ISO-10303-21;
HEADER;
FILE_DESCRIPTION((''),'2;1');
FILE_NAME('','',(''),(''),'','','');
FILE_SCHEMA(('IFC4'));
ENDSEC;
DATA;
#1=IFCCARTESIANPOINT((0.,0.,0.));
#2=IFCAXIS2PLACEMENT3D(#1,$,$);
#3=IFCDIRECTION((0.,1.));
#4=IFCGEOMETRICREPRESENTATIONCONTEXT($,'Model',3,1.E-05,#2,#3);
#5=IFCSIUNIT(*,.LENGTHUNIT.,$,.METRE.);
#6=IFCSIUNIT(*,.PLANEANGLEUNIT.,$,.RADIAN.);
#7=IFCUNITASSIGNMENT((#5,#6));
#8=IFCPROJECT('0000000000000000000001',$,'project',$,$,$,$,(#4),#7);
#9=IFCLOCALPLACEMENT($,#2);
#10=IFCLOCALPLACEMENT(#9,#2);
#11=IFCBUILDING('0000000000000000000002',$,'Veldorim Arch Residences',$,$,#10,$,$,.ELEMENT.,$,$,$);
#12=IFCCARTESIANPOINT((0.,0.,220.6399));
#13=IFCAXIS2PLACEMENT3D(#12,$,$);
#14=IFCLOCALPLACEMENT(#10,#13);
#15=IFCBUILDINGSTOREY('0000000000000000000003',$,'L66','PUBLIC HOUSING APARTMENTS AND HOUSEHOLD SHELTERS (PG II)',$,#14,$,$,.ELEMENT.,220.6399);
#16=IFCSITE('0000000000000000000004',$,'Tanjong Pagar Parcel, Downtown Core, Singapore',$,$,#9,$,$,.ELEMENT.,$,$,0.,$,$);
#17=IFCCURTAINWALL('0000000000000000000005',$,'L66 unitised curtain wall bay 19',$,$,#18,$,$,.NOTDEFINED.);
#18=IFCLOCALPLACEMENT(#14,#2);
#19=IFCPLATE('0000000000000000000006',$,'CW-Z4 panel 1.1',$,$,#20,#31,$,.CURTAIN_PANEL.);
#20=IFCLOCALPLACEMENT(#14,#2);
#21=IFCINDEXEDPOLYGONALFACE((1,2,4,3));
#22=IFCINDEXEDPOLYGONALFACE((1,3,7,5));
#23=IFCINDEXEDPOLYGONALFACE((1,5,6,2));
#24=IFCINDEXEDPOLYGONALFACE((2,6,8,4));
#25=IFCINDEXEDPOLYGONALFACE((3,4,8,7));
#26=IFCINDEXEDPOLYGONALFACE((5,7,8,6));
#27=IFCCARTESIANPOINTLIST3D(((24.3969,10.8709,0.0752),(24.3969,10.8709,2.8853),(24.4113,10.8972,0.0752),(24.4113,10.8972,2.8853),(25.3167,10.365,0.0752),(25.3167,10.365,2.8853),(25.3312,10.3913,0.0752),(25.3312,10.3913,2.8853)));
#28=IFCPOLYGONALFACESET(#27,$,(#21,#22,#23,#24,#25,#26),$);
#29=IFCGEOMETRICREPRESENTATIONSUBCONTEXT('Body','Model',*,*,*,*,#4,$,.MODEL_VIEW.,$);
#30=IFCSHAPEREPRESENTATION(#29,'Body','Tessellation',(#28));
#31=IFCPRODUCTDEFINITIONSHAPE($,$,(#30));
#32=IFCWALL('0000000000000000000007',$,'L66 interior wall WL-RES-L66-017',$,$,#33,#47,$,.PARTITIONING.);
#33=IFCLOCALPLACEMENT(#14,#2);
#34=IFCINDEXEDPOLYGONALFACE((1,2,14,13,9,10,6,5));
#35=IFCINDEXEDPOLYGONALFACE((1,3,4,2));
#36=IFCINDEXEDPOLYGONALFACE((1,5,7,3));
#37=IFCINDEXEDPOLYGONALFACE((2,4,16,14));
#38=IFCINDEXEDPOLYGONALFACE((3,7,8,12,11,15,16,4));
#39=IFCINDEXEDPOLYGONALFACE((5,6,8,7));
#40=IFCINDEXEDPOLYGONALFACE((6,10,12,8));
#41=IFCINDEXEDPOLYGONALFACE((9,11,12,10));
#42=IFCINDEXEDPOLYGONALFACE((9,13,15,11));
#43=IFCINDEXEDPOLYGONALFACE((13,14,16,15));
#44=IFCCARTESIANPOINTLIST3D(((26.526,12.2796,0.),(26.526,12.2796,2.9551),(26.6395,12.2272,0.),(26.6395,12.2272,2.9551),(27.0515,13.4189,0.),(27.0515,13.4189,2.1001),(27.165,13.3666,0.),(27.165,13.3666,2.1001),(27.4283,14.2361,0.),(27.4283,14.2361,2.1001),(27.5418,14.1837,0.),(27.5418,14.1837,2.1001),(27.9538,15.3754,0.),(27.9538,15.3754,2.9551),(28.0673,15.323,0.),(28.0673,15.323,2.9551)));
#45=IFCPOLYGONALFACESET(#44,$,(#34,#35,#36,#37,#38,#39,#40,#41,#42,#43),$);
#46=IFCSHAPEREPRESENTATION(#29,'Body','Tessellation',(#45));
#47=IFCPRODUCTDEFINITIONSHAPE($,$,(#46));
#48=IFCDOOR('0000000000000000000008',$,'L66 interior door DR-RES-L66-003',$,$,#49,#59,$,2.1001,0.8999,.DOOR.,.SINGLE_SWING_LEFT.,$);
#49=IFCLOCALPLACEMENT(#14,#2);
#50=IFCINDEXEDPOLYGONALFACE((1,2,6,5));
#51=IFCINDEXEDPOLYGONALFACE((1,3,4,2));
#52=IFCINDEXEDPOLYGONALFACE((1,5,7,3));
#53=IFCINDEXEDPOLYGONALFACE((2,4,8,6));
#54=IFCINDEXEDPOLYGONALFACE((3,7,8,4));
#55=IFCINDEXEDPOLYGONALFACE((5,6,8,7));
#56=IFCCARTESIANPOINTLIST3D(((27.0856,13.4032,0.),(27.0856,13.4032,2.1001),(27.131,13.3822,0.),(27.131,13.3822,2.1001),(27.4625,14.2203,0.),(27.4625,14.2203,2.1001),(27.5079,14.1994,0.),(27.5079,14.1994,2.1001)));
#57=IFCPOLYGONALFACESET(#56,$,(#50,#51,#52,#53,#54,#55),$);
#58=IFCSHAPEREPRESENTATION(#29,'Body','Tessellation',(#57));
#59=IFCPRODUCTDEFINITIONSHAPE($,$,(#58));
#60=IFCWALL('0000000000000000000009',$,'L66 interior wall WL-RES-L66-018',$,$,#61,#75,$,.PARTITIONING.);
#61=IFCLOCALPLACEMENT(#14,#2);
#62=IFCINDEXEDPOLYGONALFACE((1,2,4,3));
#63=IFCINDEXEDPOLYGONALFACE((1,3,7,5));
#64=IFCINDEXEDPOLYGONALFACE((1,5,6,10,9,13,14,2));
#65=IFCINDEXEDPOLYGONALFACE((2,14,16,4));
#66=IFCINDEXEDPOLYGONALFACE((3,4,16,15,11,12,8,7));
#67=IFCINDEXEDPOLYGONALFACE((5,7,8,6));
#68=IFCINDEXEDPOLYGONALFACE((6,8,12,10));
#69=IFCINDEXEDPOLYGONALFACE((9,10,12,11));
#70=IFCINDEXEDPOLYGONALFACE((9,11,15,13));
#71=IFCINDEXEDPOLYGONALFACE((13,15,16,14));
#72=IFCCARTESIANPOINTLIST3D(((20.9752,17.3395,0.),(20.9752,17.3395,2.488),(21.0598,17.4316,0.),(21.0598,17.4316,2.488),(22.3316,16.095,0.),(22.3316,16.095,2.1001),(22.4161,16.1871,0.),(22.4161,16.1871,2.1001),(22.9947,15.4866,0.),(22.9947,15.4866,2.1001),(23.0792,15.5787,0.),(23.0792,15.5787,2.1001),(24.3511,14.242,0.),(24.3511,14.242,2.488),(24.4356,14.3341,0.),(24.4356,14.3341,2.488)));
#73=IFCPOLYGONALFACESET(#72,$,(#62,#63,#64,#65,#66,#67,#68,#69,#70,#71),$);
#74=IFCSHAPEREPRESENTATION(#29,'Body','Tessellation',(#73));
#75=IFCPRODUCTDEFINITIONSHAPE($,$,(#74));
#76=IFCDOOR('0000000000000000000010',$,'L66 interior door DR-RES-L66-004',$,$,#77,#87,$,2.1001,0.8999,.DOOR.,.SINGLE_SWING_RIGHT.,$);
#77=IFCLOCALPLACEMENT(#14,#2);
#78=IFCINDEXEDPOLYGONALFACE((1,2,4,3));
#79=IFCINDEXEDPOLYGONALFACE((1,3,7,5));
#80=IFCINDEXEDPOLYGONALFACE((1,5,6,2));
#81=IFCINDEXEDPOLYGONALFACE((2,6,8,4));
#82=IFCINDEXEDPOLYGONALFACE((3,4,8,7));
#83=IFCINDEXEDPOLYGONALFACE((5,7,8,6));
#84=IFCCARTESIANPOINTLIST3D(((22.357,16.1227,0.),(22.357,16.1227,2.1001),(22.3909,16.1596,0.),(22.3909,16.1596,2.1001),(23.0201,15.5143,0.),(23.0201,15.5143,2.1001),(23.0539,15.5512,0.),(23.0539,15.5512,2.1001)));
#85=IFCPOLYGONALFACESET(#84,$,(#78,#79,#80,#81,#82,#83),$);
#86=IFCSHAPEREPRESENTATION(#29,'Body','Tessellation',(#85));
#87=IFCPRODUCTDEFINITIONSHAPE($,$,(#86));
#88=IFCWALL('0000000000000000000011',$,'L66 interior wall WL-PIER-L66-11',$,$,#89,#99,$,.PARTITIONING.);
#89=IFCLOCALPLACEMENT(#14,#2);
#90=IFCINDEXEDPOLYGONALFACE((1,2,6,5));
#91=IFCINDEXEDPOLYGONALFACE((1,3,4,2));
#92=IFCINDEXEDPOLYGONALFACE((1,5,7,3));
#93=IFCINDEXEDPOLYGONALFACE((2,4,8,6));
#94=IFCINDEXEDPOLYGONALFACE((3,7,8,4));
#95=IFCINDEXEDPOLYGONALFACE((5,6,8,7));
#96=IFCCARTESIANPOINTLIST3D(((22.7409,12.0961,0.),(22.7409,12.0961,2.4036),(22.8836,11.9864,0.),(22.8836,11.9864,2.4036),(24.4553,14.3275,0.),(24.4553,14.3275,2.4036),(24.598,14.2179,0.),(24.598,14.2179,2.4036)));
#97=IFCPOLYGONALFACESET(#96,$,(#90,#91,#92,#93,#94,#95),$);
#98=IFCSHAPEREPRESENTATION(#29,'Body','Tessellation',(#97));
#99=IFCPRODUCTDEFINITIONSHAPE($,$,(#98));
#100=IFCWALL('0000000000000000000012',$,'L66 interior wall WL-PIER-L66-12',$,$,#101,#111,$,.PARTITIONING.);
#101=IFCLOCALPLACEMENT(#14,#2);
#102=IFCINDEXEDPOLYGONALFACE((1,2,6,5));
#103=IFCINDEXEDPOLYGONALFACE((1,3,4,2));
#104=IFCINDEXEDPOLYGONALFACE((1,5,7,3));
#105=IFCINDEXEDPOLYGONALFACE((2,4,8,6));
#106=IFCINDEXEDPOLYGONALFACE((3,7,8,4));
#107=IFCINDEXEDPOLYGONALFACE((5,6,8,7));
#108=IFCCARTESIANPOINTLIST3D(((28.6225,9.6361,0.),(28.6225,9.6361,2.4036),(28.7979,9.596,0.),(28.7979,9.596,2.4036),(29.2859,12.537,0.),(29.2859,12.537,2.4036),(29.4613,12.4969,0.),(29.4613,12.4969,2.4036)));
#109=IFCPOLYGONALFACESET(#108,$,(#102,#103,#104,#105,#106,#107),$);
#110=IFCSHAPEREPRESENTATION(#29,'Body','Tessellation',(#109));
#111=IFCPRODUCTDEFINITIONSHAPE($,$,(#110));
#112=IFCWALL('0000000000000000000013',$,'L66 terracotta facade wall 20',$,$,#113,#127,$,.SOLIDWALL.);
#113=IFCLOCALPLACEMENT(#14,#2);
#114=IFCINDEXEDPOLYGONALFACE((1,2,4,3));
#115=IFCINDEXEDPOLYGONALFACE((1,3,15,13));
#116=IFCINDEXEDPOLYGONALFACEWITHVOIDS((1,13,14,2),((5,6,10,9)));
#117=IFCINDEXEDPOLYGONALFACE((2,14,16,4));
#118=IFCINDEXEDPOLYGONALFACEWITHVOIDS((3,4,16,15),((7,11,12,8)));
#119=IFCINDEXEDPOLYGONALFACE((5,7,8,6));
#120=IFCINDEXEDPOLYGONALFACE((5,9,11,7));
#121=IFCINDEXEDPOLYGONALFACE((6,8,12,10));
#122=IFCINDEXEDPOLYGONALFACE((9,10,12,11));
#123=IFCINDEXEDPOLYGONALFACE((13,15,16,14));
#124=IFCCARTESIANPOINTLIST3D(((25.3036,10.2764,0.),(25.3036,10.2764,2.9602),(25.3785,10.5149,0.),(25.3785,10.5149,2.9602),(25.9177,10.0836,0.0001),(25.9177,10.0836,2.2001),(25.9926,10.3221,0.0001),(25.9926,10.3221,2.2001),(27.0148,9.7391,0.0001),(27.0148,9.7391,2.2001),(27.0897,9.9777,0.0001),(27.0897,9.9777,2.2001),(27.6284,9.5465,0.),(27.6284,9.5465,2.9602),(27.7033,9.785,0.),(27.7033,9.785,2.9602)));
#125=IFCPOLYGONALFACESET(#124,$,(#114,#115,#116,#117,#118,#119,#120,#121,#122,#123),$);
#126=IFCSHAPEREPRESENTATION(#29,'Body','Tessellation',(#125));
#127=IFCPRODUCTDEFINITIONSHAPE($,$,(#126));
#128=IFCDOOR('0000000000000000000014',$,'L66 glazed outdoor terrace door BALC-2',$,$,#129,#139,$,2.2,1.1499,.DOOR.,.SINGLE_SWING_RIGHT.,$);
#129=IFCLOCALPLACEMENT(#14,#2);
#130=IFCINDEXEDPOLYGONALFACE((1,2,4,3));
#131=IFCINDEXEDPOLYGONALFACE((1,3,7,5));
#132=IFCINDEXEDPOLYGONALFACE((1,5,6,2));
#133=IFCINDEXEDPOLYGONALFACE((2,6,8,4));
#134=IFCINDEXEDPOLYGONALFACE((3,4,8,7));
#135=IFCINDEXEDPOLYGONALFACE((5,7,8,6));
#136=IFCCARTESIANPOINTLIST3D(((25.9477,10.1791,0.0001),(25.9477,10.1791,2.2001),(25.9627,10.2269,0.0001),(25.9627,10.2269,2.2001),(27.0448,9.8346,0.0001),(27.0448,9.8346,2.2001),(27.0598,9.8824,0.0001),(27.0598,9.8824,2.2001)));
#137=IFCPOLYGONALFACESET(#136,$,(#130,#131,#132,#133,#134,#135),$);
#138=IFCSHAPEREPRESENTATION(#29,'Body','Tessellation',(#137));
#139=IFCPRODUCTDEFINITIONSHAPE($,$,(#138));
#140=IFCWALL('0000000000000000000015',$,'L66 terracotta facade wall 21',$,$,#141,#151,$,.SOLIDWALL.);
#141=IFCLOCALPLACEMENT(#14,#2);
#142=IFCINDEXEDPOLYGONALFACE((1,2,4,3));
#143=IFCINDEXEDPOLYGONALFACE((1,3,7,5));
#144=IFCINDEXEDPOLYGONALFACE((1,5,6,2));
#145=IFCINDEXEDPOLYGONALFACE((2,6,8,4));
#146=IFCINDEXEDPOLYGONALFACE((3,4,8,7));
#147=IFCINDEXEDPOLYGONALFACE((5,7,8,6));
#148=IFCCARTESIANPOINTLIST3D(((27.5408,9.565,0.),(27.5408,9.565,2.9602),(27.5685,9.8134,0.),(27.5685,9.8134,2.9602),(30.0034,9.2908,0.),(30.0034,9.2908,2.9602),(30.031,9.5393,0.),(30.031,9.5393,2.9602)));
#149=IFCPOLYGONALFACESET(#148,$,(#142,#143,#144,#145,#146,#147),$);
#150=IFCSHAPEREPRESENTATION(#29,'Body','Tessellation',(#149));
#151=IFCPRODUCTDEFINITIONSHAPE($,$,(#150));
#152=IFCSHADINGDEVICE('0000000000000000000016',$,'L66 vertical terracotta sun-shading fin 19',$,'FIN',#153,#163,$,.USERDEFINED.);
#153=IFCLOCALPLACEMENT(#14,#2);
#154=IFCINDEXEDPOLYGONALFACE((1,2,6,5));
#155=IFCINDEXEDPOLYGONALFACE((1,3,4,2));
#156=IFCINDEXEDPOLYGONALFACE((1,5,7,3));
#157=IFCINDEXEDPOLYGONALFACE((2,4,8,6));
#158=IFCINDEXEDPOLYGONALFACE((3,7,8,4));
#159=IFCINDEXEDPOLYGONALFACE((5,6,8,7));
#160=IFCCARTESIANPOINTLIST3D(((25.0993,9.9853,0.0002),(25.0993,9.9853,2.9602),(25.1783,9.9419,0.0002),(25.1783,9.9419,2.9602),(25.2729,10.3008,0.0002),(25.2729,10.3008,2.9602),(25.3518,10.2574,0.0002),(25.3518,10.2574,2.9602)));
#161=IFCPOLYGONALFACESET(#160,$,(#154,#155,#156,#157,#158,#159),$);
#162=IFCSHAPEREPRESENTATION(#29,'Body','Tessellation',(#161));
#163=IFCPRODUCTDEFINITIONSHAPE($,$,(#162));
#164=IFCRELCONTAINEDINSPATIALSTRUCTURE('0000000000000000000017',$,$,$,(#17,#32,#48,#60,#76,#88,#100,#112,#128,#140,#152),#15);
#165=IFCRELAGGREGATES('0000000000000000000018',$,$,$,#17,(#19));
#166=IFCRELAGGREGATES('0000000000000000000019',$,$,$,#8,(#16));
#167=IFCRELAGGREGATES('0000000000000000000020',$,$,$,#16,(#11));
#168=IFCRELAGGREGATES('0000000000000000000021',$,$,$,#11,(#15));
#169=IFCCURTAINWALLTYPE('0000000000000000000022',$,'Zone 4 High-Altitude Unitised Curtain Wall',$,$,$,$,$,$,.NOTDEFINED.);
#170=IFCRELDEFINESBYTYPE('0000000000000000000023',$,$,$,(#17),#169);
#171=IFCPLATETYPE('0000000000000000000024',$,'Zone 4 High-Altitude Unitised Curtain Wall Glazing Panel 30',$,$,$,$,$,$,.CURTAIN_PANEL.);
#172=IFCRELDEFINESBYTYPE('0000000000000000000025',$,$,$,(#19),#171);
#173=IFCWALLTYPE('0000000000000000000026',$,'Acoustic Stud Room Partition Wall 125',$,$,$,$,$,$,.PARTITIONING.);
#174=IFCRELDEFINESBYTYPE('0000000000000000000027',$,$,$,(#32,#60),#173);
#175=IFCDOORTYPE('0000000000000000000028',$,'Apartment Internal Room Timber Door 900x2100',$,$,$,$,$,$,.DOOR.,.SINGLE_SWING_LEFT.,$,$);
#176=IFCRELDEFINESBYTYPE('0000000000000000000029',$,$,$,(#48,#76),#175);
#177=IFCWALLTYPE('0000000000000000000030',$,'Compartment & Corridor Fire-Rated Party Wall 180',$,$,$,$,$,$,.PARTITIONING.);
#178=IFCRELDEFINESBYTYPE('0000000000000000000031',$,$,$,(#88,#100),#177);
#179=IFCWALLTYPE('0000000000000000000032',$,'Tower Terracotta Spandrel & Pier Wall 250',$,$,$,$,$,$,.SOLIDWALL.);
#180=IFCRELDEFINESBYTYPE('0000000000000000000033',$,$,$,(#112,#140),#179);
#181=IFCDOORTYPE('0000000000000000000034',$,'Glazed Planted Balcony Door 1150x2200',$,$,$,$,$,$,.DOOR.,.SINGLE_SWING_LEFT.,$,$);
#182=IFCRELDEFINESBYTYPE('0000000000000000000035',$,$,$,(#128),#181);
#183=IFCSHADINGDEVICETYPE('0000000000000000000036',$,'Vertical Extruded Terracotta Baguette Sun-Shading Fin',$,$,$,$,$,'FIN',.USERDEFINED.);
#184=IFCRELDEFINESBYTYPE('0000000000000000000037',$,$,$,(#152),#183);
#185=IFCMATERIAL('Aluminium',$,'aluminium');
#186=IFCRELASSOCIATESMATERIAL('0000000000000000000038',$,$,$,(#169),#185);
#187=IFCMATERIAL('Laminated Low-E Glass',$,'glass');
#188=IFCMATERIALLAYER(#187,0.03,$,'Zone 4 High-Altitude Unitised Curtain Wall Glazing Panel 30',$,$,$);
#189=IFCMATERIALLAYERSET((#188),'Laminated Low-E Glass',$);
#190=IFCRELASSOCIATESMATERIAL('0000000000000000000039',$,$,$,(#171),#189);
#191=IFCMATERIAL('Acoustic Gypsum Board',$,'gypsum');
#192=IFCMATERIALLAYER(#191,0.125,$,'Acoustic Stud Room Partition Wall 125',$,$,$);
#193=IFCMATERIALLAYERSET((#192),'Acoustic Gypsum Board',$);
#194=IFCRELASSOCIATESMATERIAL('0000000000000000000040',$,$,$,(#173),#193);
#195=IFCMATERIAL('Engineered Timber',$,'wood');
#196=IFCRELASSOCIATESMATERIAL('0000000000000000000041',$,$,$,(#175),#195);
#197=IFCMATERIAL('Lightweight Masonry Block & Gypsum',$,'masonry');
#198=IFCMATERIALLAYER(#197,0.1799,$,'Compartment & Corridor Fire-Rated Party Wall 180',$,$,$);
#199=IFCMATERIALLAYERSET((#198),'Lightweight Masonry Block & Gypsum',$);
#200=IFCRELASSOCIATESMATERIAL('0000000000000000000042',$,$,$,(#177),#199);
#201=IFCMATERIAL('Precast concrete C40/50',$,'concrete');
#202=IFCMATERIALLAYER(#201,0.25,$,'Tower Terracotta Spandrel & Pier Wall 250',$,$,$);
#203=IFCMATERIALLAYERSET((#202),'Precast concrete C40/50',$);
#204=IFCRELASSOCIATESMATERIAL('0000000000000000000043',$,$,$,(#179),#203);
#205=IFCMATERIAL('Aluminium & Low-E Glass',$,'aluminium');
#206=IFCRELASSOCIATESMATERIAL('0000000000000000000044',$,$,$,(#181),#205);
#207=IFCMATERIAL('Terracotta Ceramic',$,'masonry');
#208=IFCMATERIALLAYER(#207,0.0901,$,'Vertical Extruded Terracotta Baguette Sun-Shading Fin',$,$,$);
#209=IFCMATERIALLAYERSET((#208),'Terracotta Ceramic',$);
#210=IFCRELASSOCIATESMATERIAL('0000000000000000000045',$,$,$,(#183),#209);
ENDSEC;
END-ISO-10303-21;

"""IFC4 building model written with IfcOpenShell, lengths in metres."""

from ifc_helpers import new_model, si_unit, direction, frame, frame_2d, origin, origin_2d, place, context, subcontext, project, spatial, rectangle, extrude, material, layer, layer_set, type_object, element, fill, aggregate, save


model = new_model("IFC4")

# Units and contexts
model_context = context("Model", 3, precision=1e-05, world=origin(), true_north=direction((0.0, 1.0)))
body_context = subcontext(model_context, "Body", "Model", "MODEL_VIEW")
ifc_project = project(units=[si_unit("LENGTHUNIT", "METRE"), si_unit("PLANEANGLEUNIT", "RADIAN")], contexts=[model_context])

# Site, building, storey
site_placement = place(None, origin())
site = spatial("IfcSite", under=ifc_project, at=site_placement, Name="Tanjong Pagar Parcel, Downtown Core, Singapore", CompositionType="ELEMENT", RefElevation=0.0)
building_placement = place(site_placement, origin())
building = spatial("IfcBuilding", under=site, at=building_placement, Name="Veldorim Arch Residences", CompositionType="ELEMENT")
storey_placement = place(building_placement, frame((0.0, 0.0, 220.6399)))
storey = spatial("IfcBuildingStorey", under=building, at=storey_placement, Name="L66", Description="PUBLIC HOUSING APARTMENTS AND HOUSEHOLD SHELTERS (PG II)", CompositionType="ELEMENT", Elevation=220.6399)

# Curtain wall, plate
ifc_material_1 = material(Name="Aluminium", Category="aluminium")
curtain_wall_type = type_object("IfcCurtainWallType", Name="Zone 4 High-Altitude Unitised Curtain Wall", PredefinedType="NOTDEFINED", material=ifc_material_1)
curtain_wall_placement = place(storey_placement, origin())
curtain_wall = element("IfcCurtainWall", 1, at=curtain_wall_placement, inside=storey, type_object=curtain_wall_type, Name="L66 unitised curtain wall bay 19", PredefinedType="NOTDEFINED")
ifc_material_2 = material(Name="Laminated Low-E Glass", Category="glass")
ifc_layer_1 = layer(ifc_material_2, 0.03, Name="Zone 4 High-Altitude Unitised Curtain Wall Glazing Panel 30")
ifc_layer_set_1 = layer_set([ifc_layer_1], Name="Laminated Low-E Glass")
plate_type = type_object("IfcPlateType", Name="Zone 4 High-Altitude Unitised Curtain Wall Glazing Panel 30", PredefinedType="CURTAIN_PANEL", material=ifc_layer_set_1)
plate_placement = place(storey_placement, frame((24.864, 10.6311, 0.0752), z_axis=(0.0, 0.0, 1.0), x_axis=(-0.876197, 0.481953, 0.0)))
plate = element("IfcPlate", 2, at=plate_placement, type_object=plate_type, Name="CW-Z4 panel 1.1", PredefinedType="CURTAIN_PANEL", context=body_context, shape_type="SweptSolid", body=[
    extrude(rectangle(XDim=1.0498, YDim=0.03, at=origin_2d()), origin(), (0.0, 0.0, 1.0), 2.8101),
])
aggregate(curtain_wall, [plate])

# Walls, openings, doors
ifc_material_3 = material(Name="Acoustic Gypsum Board", Category="gypsum")
ifc_layer_2 = layer(ifc_material_3, 0.125, Name="Acoustic Stud Room Partition Wall 125")
ifc_layer_set_2 = layer_set([ifc_layer_2], Name="Acoustic Gypsum Board")
wall_type_1 = type_object("IfcWallType", Name="Acoustic Stud Room Partition Wall 125", PredefinedType="PARTITIONING", material=ifc_layer_set_2)
wall_1_placement = place(storey_placement, frame((26.5828, 12.2534, 0.0), z_axis=(0.0, 0.0, 1.0), x_axis=(0.418804, 0.908077, 0.0)))
wall_1 = element("IfcWall", 3, at=wall_1_placement, inside=storey, type_object=wall_type_1, Name="L66 interior wall WL-RES-L66-017", PredefinedType="PARTITIONING", context=body_context, shape_type="SweptSolid", body=[
    extrude(rectangle(XDim=3.4092, YDim=0.125, at=frame_2d((1.7046, 0.0))), origin(), (0.0, 0.0, 1.0), 2.9551),
])
opening_1_placement = place(wall_1_placement, frame((1.2546, 0.0, 0.0)))
opening_1 = element("IfcOpeningElement", 4, at=opening_1_placement, cuts=wall_1, PredefinedType="OPENING", context=body_context, shape_type="SweptSolid", body=[
    extrude(rectangle(XDim=0.8999, YDim=2.1001, at=frame_2d((0.45, 1.05))), frame((0.0, 0.0725, 0.0), z_axis=(0.0, -1.0, 0.0), x_axis=(1.0, 0.0, 0.0)), (0.0, 0.0, 1.0), 0.145),
])
ifc_material_4 = material(Name="Engineered Timber", Category="wood")
door_type_1 = type_object("IfcDoorType", Name="Apartment Internal Room Timber Door 900x2100", OperationType="SINGLE_SWING_LEFT", PredefinedType="DOOR", material=ifc_material_4)
door_1_placement = place(opening_1_placement, origin())
door_1 = element("IfcDoor", 5, at=door_1_placement, inside=storey, type_object=door_type_1, Name="L66 interior door DR-RES-L66-003", OperationType="SINGLE_SWING_LEFT", OverallHeight=2.1001, OverallWidth=0.8999, PredefinedType="DOOR", context=body_context, shape_type="SweptSolid", body=[
    extrude(rectangle(XDim=0.8999, YDim=2.1001, at=frame_2d((0.45, 1.05))), frame((0.0, 0.0249, 0.0), z_axis=(0.0, -1.0, 0.0), x_axis=(1.0, 0.0, 0.0)), (0.0, 0.0, 1.0), 0.05),
])
fill(opening_1, door_1)
wall_2_placement = place(storey_placement, frame((24.3933, 14.2881, 0.0), z_axis=(0.0, 0.0, 1.0), x_axis=(-0.736829, 0.676079, 0.0)))
wall_2 = element("IfcWall", 6, at=wall_2_placement, inside=storey, type_object=wall_type_1, Name="L66 interior wall WL-RES-L66-018", PredefinedType="PARTITIONING", context=body_context, shape_type="SweptSolid", body=[
    extrude(rectangle(XDim=4.5815, YDim=0.125, at=frame_2d((2.2908, 0.0))), origin(), (0.0, 0.0, 1.0), 2.488),
])
opening_2_placement = place(wall_2_placement, frame((1.8408, 0.0, 0.0)))
opening_2 = element("IfcOpeningElement", 7, at=opening_2_placement, cuts=wall_2, PredefinedType="OPENING", context=body_context, shape_type="SweptSolid", body=[
    extrude(rectangle(XDim=0.8999, YDim=2.1001, at=frame_2d((0.45, 1.05))), frame((0.0, 0.0725, 0.0), z_axis=(0.0, -1.0, 0.0), x_axis=(1.0, 0.0, 0.0)), (0.0, 0.0, 1.0), 0.145),
])
door_2_placement = place(opening_2_placement, origin())
door_2 = element("IfcDoor", 8, at=door_2_placement, inside=storey, type_object=door_type_1, Name="L66 interior door DR-RES-L66-004", OperationType="SINGLE_SWING_RIGHT", OverallHeight=2.1001, OverallWidth=0.8999, PredefinedType="DOOR", context=body_context, shape_type="SweptSolid", body=[
    extrude(rectangle(XDim=0.8999, YDim=2.1001, at=frame_2d((0.45, 1.05))), frame((0.0, 0.0249, 0.0), z_axis=(0.0, -1.0, 0.0), x_axis=(1.0, 0.0, 0.0)), (0.0, 0.0, 1.0), 0.05),
])
fill(opening_2, door_2)

# Walls
ifc_material_5 = material(Name="Lightweight Masonry Block & Gypsum", Category="masonry")
ifc_layer_3 = layer(ifc_material_5, 0.1799, Name="Compartment & Corridor Fire-Rated Party Wall 180")
ifc_layer_set_3 = layer_set([ifc_layer_3], Name="Lightweight Masonry Block & Gypsum")
wall_type_2 = type_object("IfcWallType", Name="Compartment & Corridor Fire-Rated Party Wall 180", PredefinedType="PARTITIONING", material=ifc_layer_set_3)
wall_3_placement = place(storey_placement, frame((24.5266, 14.2727, 0.0), z_axis=(0.0, 0.0, 1.0), x_axis=(-0.609233, -0.792992, 0.0)))
element("IfcWall", 9, at=wall_3_placement, inside=storey, type_object=wall_type_2, Name="L66 interior wall WL-PIER-L66-11", PredefinedType="PARTITIONING", context=body_context, shape_type="SweptSolid", body=[
    extrude(rectangle(XDim=2.814, YDim=0.1799, at=frame_2d((1.407, 0.0))), origin(), (0.0, 0.0, 1.0), 2.4036),
])
wall_4_placement = place(storey_placement, frame((29.3735, 12.5168, 0.0), z_axis=(0.0, 0.0, 1.0), x_axis=(-0.222912, -0.974839, 0.0)))
element("IfcWall", 10, at=wall_4_placement, inside=storey, type_object=wall_type_2, Name="L66 interior wall WL-PIER-L66-12", PredefinedType="PARTITIONING", context=body_context, shape_type="SweptSolid", body=[
    extrude(rectangle(XDim=2.9758, YDim=0.1799, at=frame_2d((1.4878, 0.0))), origin(), (0.0, 0.0, 1.0), 2.4036),
])

# Wall, opening, door
ifc_material_6 = material(Name="Precast concrete C40/50", Category="concrete")
ifc_layer_4 = layer(ifc_material_6, 0.25, Name="Tower Terracotta Spandrel & Pier Wall 250")
ifc_layer_set_4 = layer_set([ifc_layer_4], Name="Precast concrete C40/50")
wall_type_3 = type_object("IfcWallType", Name="Tower Terracotta Spandrel & Pier Wall 250", PredefinedType="SOLIDWALL", material=ifc_layer_set_4)
wall_5_placement = place(storey_placement, frame((27.6658, 9.6658, 0.0), z_axis=(0.0, 0.0, 1.0), x_axis=(-0.954078, 0.299558, 0.0)))
wall_5 = element("IfcWall", 11, at=wall_5_placement, inside=storey, type_object=wall_type_3, Name="L66 terracotta facade wall 20", PredefinedType="SOLIDWALL", context=body_context, shape_type="SweptSolid", body=[
    extrude(rectangle(XDim=2.4368, YDim=0.25, at=frame_2d((1.2183, 0.0))), origin(), (0.0, 0.0, 1.0), 2.9602),
])
opening_3_placement = place(wall_5_placement, frame((0.6431, 0.0, 0.0)))
opening_3 = element("IfcOpeningElement", 12, at=opening_3_placement, cuts=wall_5, PredefinedType="OPENING", context=body_context, shape_type="SweptSolid", body=[
    extrude(rectangle(XDim=1.1499, YDim=2.2, at=frame_2d((0.575, 1.1001))), frame((0.0, 0.135, 0.0), z_axis=(0.0, -1.0, 0.0), x_axis=(1.0, 0.0, 0.0)), (0.0, 0.0, 1.0), 0.27),
])
ifc_material_7 = material(Name="Aluminium & Low-E Glass", Category="aluminium")
door_type_2 = type_object("IfcDoorType", Name="Glazed Planted Balcony Door 1150x2200", OperationType="SINGLE_SWING_LEFT", PredefinedType="DOOR", material=ifc_material_7)
door_3_placement = place(opening_3_placement, origin())
door_3 = element("IfcDoor", 13, at=door_3_placement, inside=storey, type_object=door_type_2, Name="L66 glazed outdoor terrace door BALC-2", OperationType="SINGLE_SWING_RIGHT", OverallHeight=2.2, OverallWidth=1.1499, PredefinedType="DOOR", context=body_context, shape_type="SweptSolid", body=[
    extrude(rectangle(XDim=1.1499, YDim=2.2, at=frame_2d((0.575, 1.1001))), frame((0.0, 0.0249, 0.0), z_axis=(0.0, -1.0, 0.0), x_axis=(1.0, 0.0, 0.0)), (0.0, 0.0, 1.0), 0.05),
])
fill(opening_3, door_3)

# Wall
wall_6_placement = place(storey_placement, frame((30.0171, 9.415, 0.0), z_axis=(0.0, 0.0, 1.0), x_axis=(-0.99386, 0.110648, 0.0)))
element("IfcWall", 14, at=wall_6_placement, inside=storey, type_object=wall_type_3, Name="L66 terracotta facade wall 21", PredefinedType="SOLIDWALL", context=body_context, shape_type="SweptSolid", body=[
    extrude(rectangle(XDim=2.4778, YDim=0.25, at=frame_2d((1.2388, 0.0))), origin(), (0.0, 0.0, 1.0), 2.9602),
])

# Shading device
ifc_material_8 = material(Name="Terracotta Ceramic", Category="masonry")
ifc_layer_5 = layer(ifc_material_8, 0.0901, Name="Vertical Extruded Terracotta Baguette Sun-Shading Fin")
ifc_layer_set_5 = layer_set([ifc_layer_5], Name="Terracotta Ceramic")
shading_device_type = type_object("IfcShadingDeviceType", Name="Vertical Extruded Terracotta Baguette Sun-Shading Fin", ElementType="FIN", PredefinedType="USERDEFINED", material=ifc_layer_set_5)
shading_device_placement = place(storey_placement, frame((25.2256, 10.1213, 0.0002), z_axis=(0.0, 0.0, 1.0), x_axis=(-0.876223, 0.481907, 0.0)))
element("IfcShadingDevice", 15, at=shading_device_placement, inside=storey, type_object=shading_device_type, Name="L66 vertical terracotta sun-shading fin 19", ObjectType="FIN", PredefinedType="USERDEFINED", context=body_context, shape_type="SweptSolid", body=[
    extrude(rectangle(XDim=0.0901, YDim=0.3601, at=origin_2d()), origin(), (0.0, 0.0, 1.0), 2.96),
])

save(model, "model.ifc")
